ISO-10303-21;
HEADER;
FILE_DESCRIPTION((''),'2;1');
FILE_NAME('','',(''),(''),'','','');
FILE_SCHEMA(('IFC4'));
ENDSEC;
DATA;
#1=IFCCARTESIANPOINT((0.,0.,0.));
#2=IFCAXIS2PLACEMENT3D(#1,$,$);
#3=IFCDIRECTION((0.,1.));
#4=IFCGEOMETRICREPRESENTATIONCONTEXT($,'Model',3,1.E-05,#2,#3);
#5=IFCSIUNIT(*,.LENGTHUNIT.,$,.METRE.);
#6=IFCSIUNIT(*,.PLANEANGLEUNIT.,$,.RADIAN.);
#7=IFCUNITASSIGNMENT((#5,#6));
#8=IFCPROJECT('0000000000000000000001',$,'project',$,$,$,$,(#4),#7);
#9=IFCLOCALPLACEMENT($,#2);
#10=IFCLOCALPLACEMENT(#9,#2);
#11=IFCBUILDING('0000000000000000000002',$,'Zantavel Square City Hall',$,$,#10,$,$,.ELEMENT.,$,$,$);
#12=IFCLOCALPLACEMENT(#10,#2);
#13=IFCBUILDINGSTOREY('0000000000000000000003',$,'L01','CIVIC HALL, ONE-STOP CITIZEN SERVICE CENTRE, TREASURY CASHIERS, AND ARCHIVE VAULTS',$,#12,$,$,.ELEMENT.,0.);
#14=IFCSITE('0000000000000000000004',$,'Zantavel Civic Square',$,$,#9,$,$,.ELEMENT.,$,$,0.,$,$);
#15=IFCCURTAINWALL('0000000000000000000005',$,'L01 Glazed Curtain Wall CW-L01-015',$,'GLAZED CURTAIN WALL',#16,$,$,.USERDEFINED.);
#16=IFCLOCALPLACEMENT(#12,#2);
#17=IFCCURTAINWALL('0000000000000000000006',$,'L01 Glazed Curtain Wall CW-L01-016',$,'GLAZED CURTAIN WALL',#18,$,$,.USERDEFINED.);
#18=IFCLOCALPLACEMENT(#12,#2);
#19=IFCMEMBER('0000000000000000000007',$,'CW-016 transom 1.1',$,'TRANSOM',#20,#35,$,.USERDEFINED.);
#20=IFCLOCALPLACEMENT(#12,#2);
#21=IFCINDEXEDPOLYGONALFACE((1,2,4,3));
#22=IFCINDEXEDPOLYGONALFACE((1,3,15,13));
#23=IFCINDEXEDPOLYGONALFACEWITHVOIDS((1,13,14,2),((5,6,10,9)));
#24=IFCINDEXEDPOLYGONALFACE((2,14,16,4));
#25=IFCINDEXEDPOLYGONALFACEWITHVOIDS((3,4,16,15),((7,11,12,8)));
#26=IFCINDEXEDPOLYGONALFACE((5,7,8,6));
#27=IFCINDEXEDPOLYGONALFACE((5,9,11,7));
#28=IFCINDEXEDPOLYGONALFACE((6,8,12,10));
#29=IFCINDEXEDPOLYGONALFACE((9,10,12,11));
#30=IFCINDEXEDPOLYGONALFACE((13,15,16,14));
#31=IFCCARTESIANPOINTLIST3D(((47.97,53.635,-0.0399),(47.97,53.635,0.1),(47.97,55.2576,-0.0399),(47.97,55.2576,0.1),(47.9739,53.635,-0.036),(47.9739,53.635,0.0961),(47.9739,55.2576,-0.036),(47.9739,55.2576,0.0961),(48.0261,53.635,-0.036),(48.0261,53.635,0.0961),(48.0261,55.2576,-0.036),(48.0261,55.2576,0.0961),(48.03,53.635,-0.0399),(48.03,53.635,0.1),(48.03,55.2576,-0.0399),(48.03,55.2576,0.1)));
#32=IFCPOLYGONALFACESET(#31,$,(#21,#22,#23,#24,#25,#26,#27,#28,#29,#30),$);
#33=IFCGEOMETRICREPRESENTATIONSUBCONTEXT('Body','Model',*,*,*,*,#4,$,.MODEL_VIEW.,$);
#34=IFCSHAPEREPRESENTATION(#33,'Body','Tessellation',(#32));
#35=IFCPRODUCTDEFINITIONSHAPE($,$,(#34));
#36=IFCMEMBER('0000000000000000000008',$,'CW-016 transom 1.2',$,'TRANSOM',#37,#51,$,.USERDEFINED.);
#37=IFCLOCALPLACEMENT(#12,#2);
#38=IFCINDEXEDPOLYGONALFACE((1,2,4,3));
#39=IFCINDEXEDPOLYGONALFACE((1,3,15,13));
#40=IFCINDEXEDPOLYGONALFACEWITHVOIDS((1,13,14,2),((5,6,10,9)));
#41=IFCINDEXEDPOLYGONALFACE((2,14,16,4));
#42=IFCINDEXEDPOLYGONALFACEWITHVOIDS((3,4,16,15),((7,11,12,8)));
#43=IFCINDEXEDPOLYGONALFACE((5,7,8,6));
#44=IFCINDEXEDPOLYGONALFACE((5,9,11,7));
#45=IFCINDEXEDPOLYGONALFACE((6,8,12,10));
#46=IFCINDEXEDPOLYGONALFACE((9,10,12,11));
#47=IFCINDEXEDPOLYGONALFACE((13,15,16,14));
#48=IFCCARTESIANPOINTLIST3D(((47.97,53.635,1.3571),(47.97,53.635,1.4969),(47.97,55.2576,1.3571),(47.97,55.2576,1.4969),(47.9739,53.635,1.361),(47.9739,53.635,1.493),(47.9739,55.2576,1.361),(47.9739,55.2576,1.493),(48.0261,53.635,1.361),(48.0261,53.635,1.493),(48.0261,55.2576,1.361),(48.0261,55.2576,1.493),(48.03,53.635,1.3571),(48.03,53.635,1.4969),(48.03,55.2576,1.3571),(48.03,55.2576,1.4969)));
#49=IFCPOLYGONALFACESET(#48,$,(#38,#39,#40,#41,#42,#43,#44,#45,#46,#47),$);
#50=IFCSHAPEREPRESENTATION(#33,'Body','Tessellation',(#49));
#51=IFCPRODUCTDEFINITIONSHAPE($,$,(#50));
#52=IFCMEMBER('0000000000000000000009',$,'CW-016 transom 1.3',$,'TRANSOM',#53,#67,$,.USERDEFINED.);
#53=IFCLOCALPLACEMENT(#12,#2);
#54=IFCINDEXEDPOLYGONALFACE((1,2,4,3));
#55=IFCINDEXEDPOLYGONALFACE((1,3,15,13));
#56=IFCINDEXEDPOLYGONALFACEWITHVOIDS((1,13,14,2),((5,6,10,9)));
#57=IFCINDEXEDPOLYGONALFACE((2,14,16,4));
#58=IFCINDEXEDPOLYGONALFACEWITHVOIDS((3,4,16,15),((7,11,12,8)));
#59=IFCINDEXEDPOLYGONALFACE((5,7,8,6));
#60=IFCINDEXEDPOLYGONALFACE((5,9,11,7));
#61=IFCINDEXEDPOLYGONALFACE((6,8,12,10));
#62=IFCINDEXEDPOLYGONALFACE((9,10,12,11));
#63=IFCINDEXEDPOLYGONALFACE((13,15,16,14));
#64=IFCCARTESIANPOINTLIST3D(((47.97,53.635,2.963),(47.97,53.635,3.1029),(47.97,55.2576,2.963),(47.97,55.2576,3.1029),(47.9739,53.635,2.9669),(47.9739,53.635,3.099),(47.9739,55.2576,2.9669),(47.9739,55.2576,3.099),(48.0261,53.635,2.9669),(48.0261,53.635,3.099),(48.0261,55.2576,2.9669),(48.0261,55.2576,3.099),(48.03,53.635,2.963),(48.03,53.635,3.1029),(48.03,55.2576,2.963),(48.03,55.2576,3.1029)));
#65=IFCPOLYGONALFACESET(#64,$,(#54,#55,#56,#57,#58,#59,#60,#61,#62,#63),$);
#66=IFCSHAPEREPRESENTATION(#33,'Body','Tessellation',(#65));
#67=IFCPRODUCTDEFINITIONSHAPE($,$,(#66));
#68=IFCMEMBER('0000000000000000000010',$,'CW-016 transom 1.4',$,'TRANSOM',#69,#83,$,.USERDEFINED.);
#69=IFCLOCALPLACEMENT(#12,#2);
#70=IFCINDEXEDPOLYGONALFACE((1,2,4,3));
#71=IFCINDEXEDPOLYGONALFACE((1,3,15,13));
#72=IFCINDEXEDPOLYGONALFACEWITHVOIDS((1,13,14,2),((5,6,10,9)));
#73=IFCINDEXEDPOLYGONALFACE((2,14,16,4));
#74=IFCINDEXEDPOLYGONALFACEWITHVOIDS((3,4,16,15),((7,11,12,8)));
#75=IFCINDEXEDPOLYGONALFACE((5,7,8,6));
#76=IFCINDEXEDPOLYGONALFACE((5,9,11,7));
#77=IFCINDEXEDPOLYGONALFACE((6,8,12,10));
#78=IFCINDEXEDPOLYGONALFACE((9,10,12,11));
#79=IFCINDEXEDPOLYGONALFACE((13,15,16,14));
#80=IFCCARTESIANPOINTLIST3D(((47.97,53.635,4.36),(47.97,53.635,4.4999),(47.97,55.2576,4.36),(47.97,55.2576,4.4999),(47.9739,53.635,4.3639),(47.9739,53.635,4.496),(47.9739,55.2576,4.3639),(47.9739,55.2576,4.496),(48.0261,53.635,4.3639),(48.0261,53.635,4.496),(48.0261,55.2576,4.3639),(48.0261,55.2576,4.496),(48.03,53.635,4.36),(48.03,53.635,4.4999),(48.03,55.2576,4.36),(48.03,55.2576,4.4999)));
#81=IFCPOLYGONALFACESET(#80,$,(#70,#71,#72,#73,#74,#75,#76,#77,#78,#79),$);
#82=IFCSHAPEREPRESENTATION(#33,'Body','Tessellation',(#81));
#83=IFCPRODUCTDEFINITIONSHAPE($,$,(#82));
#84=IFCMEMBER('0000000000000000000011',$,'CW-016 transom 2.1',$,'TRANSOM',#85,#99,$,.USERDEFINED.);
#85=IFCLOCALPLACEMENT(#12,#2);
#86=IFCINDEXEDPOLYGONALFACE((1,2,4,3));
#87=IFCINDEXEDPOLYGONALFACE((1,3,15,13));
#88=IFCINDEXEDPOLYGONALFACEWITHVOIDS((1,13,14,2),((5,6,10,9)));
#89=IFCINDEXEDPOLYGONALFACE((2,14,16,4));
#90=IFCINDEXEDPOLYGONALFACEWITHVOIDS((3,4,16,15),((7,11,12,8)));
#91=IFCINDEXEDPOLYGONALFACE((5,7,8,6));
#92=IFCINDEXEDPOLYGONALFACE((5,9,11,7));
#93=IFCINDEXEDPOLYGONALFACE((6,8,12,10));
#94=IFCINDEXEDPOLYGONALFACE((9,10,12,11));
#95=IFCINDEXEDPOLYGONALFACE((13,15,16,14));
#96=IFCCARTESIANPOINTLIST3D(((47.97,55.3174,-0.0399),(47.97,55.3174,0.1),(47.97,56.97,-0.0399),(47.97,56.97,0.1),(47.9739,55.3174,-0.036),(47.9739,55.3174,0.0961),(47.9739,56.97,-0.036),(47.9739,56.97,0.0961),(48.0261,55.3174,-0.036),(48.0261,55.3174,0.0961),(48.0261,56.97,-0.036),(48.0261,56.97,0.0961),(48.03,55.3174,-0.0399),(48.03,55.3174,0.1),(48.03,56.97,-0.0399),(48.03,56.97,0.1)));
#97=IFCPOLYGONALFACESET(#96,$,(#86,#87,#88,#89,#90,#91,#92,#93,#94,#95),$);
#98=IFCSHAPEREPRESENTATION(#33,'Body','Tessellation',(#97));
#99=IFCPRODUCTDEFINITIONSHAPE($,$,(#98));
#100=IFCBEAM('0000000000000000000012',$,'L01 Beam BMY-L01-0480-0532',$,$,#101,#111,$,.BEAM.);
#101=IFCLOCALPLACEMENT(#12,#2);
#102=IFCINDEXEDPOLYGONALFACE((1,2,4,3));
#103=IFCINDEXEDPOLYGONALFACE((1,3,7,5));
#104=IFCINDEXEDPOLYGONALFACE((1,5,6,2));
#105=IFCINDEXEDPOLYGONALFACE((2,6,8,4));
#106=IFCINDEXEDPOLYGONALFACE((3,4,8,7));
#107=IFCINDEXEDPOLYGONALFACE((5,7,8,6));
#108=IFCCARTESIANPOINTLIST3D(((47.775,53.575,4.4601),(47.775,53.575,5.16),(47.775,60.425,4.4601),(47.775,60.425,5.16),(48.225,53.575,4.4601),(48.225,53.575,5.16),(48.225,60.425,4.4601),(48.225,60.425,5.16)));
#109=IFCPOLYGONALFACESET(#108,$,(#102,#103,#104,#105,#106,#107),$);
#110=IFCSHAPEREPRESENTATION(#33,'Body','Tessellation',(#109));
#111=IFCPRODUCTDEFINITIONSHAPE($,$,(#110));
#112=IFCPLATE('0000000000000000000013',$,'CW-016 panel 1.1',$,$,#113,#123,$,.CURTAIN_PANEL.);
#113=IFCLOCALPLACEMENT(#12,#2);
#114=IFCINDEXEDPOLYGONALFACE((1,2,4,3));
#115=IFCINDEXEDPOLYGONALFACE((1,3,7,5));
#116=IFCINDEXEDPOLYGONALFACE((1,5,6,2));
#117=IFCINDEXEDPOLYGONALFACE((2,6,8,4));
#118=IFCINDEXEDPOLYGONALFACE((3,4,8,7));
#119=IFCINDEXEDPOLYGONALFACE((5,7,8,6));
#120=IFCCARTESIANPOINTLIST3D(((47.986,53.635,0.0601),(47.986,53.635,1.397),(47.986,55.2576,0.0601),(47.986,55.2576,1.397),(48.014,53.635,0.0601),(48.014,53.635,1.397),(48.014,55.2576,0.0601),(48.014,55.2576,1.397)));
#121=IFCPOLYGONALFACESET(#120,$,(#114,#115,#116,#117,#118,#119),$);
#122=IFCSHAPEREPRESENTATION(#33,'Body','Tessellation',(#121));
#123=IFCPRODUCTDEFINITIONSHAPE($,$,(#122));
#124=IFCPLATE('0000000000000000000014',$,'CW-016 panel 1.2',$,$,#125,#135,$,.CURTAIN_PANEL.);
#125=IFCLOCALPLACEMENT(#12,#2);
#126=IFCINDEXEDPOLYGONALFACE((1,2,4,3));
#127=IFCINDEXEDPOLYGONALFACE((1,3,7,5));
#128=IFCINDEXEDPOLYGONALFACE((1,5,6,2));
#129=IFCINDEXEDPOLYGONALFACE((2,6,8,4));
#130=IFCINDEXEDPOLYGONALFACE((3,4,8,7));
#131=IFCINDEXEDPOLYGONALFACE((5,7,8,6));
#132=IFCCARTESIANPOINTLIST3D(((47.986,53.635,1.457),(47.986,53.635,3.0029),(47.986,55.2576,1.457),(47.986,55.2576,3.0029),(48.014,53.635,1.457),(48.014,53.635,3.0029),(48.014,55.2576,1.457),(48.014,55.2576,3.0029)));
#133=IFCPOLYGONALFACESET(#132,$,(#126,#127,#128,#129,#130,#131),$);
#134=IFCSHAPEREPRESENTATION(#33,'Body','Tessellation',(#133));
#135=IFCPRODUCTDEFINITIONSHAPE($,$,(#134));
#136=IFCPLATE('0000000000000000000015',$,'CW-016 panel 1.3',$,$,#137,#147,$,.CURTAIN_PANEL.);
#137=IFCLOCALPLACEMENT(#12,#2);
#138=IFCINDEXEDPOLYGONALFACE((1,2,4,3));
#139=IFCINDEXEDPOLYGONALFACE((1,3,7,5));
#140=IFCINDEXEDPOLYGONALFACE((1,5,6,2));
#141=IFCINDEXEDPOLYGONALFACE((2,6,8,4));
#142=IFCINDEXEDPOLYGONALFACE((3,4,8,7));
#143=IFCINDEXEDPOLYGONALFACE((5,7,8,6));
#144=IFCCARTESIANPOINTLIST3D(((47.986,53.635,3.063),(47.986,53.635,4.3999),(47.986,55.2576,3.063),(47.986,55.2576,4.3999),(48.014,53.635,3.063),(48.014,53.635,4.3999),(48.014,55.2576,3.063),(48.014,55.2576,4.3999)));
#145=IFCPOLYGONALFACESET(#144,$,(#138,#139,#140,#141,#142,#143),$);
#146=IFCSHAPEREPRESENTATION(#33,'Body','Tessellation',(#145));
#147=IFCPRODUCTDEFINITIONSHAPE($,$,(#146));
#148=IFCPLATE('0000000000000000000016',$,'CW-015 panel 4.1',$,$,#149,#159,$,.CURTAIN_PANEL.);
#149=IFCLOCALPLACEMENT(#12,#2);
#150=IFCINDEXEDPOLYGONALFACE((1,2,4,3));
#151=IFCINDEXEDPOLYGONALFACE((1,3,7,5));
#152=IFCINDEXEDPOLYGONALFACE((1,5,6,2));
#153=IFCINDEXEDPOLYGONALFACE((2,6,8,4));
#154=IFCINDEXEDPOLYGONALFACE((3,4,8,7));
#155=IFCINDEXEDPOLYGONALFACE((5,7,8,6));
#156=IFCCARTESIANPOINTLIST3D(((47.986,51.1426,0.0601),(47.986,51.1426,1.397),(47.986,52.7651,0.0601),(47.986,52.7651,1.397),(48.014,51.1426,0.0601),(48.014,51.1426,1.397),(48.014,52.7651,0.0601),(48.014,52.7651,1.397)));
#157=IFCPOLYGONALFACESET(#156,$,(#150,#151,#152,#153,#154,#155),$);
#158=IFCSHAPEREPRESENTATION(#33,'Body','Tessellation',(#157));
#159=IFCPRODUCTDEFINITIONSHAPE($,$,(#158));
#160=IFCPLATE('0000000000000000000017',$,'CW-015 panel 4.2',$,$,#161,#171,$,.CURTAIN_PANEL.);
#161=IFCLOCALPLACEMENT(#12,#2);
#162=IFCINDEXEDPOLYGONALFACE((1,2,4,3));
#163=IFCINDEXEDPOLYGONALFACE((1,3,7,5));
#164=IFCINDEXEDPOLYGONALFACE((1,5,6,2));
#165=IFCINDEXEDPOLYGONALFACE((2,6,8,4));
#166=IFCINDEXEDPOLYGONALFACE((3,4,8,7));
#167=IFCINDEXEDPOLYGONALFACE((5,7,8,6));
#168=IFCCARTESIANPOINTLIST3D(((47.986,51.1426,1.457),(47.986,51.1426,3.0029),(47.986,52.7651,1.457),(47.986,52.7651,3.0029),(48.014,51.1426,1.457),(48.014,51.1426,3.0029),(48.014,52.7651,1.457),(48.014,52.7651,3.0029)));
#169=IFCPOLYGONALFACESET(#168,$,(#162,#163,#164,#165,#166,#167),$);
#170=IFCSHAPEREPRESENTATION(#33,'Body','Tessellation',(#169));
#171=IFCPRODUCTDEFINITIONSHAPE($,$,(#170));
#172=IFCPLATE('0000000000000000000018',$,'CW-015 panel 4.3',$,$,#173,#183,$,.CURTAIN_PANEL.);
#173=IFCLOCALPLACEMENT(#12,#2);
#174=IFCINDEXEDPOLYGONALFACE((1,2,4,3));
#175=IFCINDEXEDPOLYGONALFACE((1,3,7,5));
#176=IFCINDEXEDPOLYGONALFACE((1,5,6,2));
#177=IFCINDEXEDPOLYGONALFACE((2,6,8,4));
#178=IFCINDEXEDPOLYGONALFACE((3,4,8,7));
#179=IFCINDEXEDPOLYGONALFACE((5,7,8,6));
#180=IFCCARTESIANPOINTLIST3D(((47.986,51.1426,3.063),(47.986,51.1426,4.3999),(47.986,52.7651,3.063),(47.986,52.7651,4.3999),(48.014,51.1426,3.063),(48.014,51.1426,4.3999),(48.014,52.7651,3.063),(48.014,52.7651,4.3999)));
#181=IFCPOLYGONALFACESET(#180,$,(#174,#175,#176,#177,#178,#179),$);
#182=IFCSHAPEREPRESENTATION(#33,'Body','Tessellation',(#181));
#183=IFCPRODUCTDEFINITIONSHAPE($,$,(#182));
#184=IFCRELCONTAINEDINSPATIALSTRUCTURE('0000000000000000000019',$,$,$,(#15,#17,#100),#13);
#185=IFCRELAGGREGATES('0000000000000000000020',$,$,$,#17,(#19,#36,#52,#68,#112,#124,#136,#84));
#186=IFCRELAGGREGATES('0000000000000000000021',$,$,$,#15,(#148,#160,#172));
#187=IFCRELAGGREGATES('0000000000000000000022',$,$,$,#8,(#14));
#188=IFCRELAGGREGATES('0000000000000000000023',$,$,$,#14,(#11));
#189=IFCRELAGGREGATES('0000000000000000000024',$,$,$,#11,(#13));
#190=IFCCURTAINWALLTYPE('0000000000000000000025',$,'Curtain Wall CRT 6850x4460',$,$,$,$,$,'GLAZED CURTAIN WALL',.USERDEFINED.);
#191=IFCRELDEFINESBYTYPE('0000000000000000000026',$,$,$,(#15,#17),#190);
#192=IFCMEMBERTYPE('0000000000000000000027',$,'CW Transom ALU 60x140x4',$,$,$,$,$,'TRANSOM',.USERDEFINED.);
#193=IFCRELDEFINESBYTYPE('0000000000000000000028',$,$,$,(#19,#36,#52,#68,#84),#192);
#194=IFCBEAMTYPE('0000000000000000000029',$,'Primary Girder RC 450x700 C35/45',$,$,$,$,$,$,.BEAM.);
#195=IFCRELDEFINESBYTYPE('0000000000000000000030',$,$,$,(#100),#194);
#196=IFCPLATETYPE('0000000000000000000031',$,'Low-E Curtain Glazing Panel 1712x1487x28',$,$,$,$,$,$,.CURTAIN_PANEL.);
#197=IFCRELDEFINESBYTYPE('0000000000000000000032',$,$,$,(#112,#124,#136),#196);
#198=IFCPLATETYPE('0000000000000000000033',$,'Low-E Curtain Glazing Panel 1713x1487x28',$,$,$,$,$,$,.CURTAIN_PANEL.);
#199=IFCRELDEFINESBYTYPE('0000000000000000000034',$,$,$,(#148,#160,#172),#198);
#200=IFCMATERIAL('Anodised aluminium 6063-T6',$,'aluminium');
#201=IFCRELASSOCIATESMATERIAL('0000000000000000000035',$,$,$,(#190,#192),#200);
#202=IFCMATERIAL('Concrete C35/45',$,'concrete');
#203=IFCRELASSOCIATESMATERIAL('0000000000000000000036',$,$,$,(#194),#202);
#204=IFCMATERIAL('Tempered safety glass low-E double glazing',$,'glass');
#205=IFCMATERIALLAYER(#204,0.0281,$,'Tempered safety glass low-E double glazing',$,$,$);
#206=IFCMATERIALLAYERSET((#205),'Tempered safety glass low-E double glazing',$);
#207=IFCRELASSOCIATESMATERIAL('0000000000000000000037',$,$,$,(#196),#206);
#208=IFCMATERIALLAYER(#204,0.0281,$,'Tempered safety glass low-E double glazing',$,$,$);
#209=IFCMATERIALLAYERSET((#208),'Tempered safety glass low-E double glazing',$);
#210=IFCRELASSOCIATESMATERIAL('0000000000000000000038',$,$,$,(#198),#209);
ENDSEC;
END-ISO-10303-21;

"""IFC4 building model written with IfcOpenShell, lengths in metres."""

from ifc_helpers import new_model, si_unit, direction, frame, origin, origin_2d, place, context, subcontext, project, spatial, rectangle, hollow_rectangle, extrude, material, layer, layer_set, material_profile, profile_set, type_object, element, aggregate, save


model = new_model("IFC4")

# Units and contexts
model_context = context("Model", 3, precision=1e-05, world=origin(), true_north=direction((0.0, 1.0)))
body_context = subcontext(model_context, "Body", "Model", "MODEL_VIEW")
ifc_project = project(units=[si_unit("LENGTHUNIT", "METRE"), si_unit("PLANEANGLEUNIT", "RADIAN")], contexts=[model_context])

# Site, building, storey
site_placement = place(None, origin())
site = spatial("IfcSite", under=ifc_project, at=site_placement, Name="Zantavel Civic Square", CompositionType="ELEMENT", RefElevation=0.0)
building_placement = place(site_placement, origin())
building = spatial("IfcBuilding", under=site, at=building_placement, Name="Zantavel Square City Hall", CompositionType="ELEMENT")
storey_placement = place(building_placement, origin())
storey = spatial("IfcBuildingStorey", under=building, at=storey_placement, Name="L01", Description="CIVIC HALL, ONE-STOP CITIZEN SERVICE CENTRE, TREASURY CASHIERS, AND ARCHIVE VAULTS", CompositionType="ELEMENT", Elevation=0.0)

# Curtain walls
ifc_material_1 = material(Name="Anodised aluminium 6063-T6", Category="aluminium")
curtain_wall_type = type_object("IfcCurtainWallType", Name="Curtain Wall CRT 6850x4460", ElementType="GLAZED CURTAIN WALL", PredefinedType="USERDEFINED", material=ifc_material_1)
curtain_wall_1_placement = place(storey_placement, origin())
curtain_wall_1 = element("IfcCurtainWall", 1, at=curtain_wall_1_placement, inside=storey, type_object=curtain_wall_type, Name="L01 Glazed Curtain Wall CW-L01-015", ObjectType="GLAZED CURTAIN WALL", PredefinedType="USERDEFINED")
curtain_wall_2_placement = place(storey_placement, origin())
curtain_wall_2 = element("IfcCurtainWall", 2, at=curtain_wall_2_placement, inside=storey, type_object=curtain_wall_type, Name="L01 Glazed Curtain Wall CW-L01-016", ObjectType="GLAZED CURTAIN WALL", PredefinedType="USERDEFINED")

# Members
ifc_material_profile_1 = material_profile(ifc_material_1, hollow_rectangle(XDim=0.0601, YDim=0.1399, WallThickness=0.0039, at=origin_2d()), Name="ALU 60x140x4")
ifc_profile_set_1 = profile_set([ifc_material_profile_1], Name="Anodised aluminium 6063-T6")
member_type_1 = type_object("IfcMemberType", Name="CW Transom ALU 60x140x4", ElementType="TRANSOM", PredefinedType="USERDEFINED", material=ifc_profile_set_1)
member_1_placement = place(storey_placement, frame((48.0, 53.635, 0.03), z_axis=(0.0, 1.0, 0.0), x_axis=(-1.0, 0.0, 0.0)))
member_1 = element("IfcMember", 3, at=member_1_placement, type_object=member_type_1, Name="CW-016 transom 1.1", ObjectType="TRANSOM", PredefinedType="USERDEFINED", context=body_context, shape_type="SweptSolid", body=[
    extrude(hollow_rectangle(XDim=0.0601, YDim=0.1399, WallThickness=0.0039, at=origin_2d()), origin(), (0.0, 0.0, 1.0), 1.6226),
])
member_2_placement = place(storey_placement, frame((48.0, 53.635, 1.427), z_axis=(0.0, 1.0, 0.0), x_axis=(-1.0, 0.0, 0.0)))
member_2 = element("IfcMember", 4, at=member_2_placement, type_object=member_type_1, Name="CW-016 transom 1.2", ObjectType="TRANSOM", PredefinedType="USERDEFINED", context=body_context, shape_type="SweptSolid", body=[
    extrude(hollow_rectangle(XDim=0.0601, YDim=0.1399, WallThickness=0.0039, at=origin_2d()), origin(), (0.0, 0.0, 1.0), 1.6226),
])
member_3_placement = place(storey_placement, frame((48.0, 53.635, 3.033), z_axis=(0.0, 1.0, 0.0), x_axis=(-1.0, 0.0, 0.0)))
member_3 = element("IfcMember", 5, at=member_3_placement, type_object=member_type_1, Name="CW-016 transom 1.3", ObjectType="TRANSOM", PredefinedType="USERDEFINED", context=body_context, shape_type="SweptSolid", body=[
    extrude(hollow_rectangle(XDim=0.0601, YDim=0.1399, WallThickness=0.0039, at=origin_2d()), origin(), (0.0, 0.0, 1.0), 1.6226),
])
member_4_placement = place(storey_placement, frame((48.0, 53.635, 4.4299), z_axis=(0.0, 1.0, 0.0), x_axis=(-1.0, 0.0, 0.0)))
member_4 = element("IfcMember", 6, at=member_4_placement, type_object=member_type_1, Name="CW-016 transom 1.4", ObjectType="TRANSOM", PredefinedType="USERDEFINED", context=body_context, shape_type="SweptSolid", body=[
    extrude(hollow_rectangle(XDim=0.0601, YDim=0.1399, WallThickness=0.0039, at=origin_2d()), origin(), (0.0, 0.0, 1.0), 1.6226),
])
member_5_placement = place(storey_placement, frame((48.0, 55.3174, 0.03), z_axis=(0.0, 1.0, 0.0), x_axis=(-1.0, 0.0, 0.0)))
member_5 = element("IfcMember", 7, at=member_5_placement, type_object=member_type_1, Name="CW-016 transom 2.1", ObjectType="TRANSOM", PredefinedType="USERDEFINED", context=body_context, shape_type="SweptSolid", body=[
    extrude(hollow_rectangle(XDim=0.0601, YDim=0.1399, WallThickness=0.0039, at=origin_2d()), origin(), (0.0, 0.0, 1.0), 1.6526),
])

# Beam
ifc_material_2 = material(Name="Concrete C35/45", Category="concrete")
ifc_material_profile_2 = material_profile(ifc_material_2, rectangle(XDim=0.45, YDim=0.7, at=origin_2d()), Name="RC 450x700")
ifc_profile_set_2 = profile_set([ifc_material_profile_2], Name="Concrete C35/45")
beam_type = type_object("IfcBeamType", Name="Primary Girder RC 450x700 C35/45", PredefinedType="BEAM", material=ifc_profile_set_2)
beam_placement = place(storey_placement, frame((48.0, 53.575, 4.8101), z_axis=(0.0, 1.0, 0.0), x_axis=(-1.0, 0.0, 0.0)))
element("IfcBeam", 8, at=beam_placement, inside=storey, type_object=beam_type, Name="L01 Beam BMY-L01-0480-0532", PredefinedType="BEAM", context=body_context, shape_type="SweptSolid", body=[
    extrude(rectangle(XDim=0.45, YDim=0.7, at=origin_2d()), origin(), (0.0, 0.0, 1.0), 6.8501),
])

# Plates
ifc_material_3 = material(Name="Tempered safety glass low-E double glazing", Category="glass")
ifc_layer_1 = layer(ifc_material_3, 0.0281, Name="Tempered safety glass low-E double glazing")
ifc_layer_set_1 = layer_set([ifc_layer_1], Name="Tempered safety glass low-E double glazing")
plate_type_1 = type_object("IfcPlateType", Name="Low-E Curtain Glazing Panel 1712x1487x28", PredefinedType="CURTAIN_PANEL", material=ifc_layer_set_1)
plate_1_placement = place(storey_placement, frame((48.0, 54.4463, 0.0601), z_axis=(0.0, 0.0, 1.0), x_axis=(0.0, 1.0, 0.0)))
plate_1 = element("IfcPlate", 9, at=plate_1_placement, type_object=plate_type_1, Name="CW-016 panel 1.1", PredefinedType="CURTAIN_PANEL", context=body_context, shape_type="SweptSolid", body=[
    extrude(rectangle(XDim=1.6226, YDim=0.0281, at=origin_2d()), origin(), (0.0, 0.0, 1.0), 1.3369),
])
plate_2_placement = place(storey_placement, frame((48.0, 54.4463, 1.457), z_axis=(0.0, 0.0, 1.0), x_axis=(0.0, 1.0, 0.0)))
plate_2 = element("IfcPlate", 10, at=plate_2_placement, type_object=plate_type_1, Name="CW-016 panel 1.2", PredefinedType="CURTAIN_PANEL", context=body_context, shape_type="SweptSolid", body=[
    extrude(rectangle(XDim=1.6226, YDim=0.0281, at=origin_2d()), origin(), (0.0, 0.0, 1.0), 1.5459),
])
plate_3_placement = place(storey_placement, frame((48.0, 54.4463, 3.063), z_axis=(0.0, 0.0, 1.0), x_axis=(0.0, 1.0, 0.0)))
plate_3 = element("IfcPlate", 11, at=plate_3_placement, type_object=plate_type_1, Name="CW-016 panel 1.3", PredefinedType="CURTAIN_PANEL", context=body_context, shape_type="SweptSolid", body=[
    extrude(rectangle(XDim=1.6226, YDim=0.0281, at=origin_2d()), origin(), (0.0, 0.0, 1.0), 1.3369),
])
aggregate(curtain_wall_2, [member_1, member_2, member_3, member_4, plate_1, plate_2, plate_3, member_5])
ifc_layer_2 = layer(ifc_material_3, 0.0281, Name="Tempered safety glass low-E double glazing")
ifc_layer_set_2 = layer_set([ifc_layer_2], Name="Tempered safety glass low-E double glazing")
plate_type_2 = type_object("IfcPlateType", Name="Low-E Curtain Glazing Panel 1713x1487x28", PredefinedType="CURTAIN_PANEL", material=ifc_layer_set_2)
plate_4_placement = place(storey_placement, frame((48.0, 51.9539, 0.0601), z_axis=(0.0, 0.0, 1.0), x_axis=(0.0, 1.0, 0.0)))
plate_4 = element("IfcPlate", 12, at=plate_4_placement, type_object=plate_type_2, Name="CW-015 panel 4.1", PredefinedType="CURTAIN_PANEL", context=body_context, shape_type="SweptSolid", body=[
    extrude(rectangle(XDim=1.6226, YDim=0.0281, at=origin_2d()), origin(), (0.0, 0.0, 1.0), 1.3369),
])
plate_5_placement = place(storey_placement, frame((48.0, 51.9539, 1.457), z_axis=(0.0, 0.0, 1.0), x_axis=(0.0, 1.0, 0.0)))
plate_5 = element("IfcPlate", 13, at=plate_5_placement, type_object=plate_type_2, Name="CW-015 panel 4.2", PredefinedType="CURTAIN_PANEL", context=body_context, shape_type="SweptSolid", body=[
    extrude(rectangle(XDim=1.6226, YDim=0.0281, at=origin_2d()), origin(), (0.0, 0.0, 1.0), 1.5459),
])
plate_6_placement = place(storey_placement, frame((48.0, 51.9539, 3.063), z_axis=(0.0, 0.0, 1.0), x_axis=(0.0, 1.0, 0.0)))
plate_6 = element("IfcPlate", 14, at=plate_6_placement, type_object=plate_type_2, Name="CW-015 panel 4.3", PredefinedType="CURTAIN_PANEL", context=body_context, shape_type="SweptSolid", body=[
    extrude(rectangle(XDim=1.6226, YDim=0.0281, at=origin_2d()), origin(), (0.0, 0.0, 1.0), 1.3369),
])
aggregate(curtain_wall_1, [plate_4, plate_5, plate_6])

save(model, "model.ifc")
